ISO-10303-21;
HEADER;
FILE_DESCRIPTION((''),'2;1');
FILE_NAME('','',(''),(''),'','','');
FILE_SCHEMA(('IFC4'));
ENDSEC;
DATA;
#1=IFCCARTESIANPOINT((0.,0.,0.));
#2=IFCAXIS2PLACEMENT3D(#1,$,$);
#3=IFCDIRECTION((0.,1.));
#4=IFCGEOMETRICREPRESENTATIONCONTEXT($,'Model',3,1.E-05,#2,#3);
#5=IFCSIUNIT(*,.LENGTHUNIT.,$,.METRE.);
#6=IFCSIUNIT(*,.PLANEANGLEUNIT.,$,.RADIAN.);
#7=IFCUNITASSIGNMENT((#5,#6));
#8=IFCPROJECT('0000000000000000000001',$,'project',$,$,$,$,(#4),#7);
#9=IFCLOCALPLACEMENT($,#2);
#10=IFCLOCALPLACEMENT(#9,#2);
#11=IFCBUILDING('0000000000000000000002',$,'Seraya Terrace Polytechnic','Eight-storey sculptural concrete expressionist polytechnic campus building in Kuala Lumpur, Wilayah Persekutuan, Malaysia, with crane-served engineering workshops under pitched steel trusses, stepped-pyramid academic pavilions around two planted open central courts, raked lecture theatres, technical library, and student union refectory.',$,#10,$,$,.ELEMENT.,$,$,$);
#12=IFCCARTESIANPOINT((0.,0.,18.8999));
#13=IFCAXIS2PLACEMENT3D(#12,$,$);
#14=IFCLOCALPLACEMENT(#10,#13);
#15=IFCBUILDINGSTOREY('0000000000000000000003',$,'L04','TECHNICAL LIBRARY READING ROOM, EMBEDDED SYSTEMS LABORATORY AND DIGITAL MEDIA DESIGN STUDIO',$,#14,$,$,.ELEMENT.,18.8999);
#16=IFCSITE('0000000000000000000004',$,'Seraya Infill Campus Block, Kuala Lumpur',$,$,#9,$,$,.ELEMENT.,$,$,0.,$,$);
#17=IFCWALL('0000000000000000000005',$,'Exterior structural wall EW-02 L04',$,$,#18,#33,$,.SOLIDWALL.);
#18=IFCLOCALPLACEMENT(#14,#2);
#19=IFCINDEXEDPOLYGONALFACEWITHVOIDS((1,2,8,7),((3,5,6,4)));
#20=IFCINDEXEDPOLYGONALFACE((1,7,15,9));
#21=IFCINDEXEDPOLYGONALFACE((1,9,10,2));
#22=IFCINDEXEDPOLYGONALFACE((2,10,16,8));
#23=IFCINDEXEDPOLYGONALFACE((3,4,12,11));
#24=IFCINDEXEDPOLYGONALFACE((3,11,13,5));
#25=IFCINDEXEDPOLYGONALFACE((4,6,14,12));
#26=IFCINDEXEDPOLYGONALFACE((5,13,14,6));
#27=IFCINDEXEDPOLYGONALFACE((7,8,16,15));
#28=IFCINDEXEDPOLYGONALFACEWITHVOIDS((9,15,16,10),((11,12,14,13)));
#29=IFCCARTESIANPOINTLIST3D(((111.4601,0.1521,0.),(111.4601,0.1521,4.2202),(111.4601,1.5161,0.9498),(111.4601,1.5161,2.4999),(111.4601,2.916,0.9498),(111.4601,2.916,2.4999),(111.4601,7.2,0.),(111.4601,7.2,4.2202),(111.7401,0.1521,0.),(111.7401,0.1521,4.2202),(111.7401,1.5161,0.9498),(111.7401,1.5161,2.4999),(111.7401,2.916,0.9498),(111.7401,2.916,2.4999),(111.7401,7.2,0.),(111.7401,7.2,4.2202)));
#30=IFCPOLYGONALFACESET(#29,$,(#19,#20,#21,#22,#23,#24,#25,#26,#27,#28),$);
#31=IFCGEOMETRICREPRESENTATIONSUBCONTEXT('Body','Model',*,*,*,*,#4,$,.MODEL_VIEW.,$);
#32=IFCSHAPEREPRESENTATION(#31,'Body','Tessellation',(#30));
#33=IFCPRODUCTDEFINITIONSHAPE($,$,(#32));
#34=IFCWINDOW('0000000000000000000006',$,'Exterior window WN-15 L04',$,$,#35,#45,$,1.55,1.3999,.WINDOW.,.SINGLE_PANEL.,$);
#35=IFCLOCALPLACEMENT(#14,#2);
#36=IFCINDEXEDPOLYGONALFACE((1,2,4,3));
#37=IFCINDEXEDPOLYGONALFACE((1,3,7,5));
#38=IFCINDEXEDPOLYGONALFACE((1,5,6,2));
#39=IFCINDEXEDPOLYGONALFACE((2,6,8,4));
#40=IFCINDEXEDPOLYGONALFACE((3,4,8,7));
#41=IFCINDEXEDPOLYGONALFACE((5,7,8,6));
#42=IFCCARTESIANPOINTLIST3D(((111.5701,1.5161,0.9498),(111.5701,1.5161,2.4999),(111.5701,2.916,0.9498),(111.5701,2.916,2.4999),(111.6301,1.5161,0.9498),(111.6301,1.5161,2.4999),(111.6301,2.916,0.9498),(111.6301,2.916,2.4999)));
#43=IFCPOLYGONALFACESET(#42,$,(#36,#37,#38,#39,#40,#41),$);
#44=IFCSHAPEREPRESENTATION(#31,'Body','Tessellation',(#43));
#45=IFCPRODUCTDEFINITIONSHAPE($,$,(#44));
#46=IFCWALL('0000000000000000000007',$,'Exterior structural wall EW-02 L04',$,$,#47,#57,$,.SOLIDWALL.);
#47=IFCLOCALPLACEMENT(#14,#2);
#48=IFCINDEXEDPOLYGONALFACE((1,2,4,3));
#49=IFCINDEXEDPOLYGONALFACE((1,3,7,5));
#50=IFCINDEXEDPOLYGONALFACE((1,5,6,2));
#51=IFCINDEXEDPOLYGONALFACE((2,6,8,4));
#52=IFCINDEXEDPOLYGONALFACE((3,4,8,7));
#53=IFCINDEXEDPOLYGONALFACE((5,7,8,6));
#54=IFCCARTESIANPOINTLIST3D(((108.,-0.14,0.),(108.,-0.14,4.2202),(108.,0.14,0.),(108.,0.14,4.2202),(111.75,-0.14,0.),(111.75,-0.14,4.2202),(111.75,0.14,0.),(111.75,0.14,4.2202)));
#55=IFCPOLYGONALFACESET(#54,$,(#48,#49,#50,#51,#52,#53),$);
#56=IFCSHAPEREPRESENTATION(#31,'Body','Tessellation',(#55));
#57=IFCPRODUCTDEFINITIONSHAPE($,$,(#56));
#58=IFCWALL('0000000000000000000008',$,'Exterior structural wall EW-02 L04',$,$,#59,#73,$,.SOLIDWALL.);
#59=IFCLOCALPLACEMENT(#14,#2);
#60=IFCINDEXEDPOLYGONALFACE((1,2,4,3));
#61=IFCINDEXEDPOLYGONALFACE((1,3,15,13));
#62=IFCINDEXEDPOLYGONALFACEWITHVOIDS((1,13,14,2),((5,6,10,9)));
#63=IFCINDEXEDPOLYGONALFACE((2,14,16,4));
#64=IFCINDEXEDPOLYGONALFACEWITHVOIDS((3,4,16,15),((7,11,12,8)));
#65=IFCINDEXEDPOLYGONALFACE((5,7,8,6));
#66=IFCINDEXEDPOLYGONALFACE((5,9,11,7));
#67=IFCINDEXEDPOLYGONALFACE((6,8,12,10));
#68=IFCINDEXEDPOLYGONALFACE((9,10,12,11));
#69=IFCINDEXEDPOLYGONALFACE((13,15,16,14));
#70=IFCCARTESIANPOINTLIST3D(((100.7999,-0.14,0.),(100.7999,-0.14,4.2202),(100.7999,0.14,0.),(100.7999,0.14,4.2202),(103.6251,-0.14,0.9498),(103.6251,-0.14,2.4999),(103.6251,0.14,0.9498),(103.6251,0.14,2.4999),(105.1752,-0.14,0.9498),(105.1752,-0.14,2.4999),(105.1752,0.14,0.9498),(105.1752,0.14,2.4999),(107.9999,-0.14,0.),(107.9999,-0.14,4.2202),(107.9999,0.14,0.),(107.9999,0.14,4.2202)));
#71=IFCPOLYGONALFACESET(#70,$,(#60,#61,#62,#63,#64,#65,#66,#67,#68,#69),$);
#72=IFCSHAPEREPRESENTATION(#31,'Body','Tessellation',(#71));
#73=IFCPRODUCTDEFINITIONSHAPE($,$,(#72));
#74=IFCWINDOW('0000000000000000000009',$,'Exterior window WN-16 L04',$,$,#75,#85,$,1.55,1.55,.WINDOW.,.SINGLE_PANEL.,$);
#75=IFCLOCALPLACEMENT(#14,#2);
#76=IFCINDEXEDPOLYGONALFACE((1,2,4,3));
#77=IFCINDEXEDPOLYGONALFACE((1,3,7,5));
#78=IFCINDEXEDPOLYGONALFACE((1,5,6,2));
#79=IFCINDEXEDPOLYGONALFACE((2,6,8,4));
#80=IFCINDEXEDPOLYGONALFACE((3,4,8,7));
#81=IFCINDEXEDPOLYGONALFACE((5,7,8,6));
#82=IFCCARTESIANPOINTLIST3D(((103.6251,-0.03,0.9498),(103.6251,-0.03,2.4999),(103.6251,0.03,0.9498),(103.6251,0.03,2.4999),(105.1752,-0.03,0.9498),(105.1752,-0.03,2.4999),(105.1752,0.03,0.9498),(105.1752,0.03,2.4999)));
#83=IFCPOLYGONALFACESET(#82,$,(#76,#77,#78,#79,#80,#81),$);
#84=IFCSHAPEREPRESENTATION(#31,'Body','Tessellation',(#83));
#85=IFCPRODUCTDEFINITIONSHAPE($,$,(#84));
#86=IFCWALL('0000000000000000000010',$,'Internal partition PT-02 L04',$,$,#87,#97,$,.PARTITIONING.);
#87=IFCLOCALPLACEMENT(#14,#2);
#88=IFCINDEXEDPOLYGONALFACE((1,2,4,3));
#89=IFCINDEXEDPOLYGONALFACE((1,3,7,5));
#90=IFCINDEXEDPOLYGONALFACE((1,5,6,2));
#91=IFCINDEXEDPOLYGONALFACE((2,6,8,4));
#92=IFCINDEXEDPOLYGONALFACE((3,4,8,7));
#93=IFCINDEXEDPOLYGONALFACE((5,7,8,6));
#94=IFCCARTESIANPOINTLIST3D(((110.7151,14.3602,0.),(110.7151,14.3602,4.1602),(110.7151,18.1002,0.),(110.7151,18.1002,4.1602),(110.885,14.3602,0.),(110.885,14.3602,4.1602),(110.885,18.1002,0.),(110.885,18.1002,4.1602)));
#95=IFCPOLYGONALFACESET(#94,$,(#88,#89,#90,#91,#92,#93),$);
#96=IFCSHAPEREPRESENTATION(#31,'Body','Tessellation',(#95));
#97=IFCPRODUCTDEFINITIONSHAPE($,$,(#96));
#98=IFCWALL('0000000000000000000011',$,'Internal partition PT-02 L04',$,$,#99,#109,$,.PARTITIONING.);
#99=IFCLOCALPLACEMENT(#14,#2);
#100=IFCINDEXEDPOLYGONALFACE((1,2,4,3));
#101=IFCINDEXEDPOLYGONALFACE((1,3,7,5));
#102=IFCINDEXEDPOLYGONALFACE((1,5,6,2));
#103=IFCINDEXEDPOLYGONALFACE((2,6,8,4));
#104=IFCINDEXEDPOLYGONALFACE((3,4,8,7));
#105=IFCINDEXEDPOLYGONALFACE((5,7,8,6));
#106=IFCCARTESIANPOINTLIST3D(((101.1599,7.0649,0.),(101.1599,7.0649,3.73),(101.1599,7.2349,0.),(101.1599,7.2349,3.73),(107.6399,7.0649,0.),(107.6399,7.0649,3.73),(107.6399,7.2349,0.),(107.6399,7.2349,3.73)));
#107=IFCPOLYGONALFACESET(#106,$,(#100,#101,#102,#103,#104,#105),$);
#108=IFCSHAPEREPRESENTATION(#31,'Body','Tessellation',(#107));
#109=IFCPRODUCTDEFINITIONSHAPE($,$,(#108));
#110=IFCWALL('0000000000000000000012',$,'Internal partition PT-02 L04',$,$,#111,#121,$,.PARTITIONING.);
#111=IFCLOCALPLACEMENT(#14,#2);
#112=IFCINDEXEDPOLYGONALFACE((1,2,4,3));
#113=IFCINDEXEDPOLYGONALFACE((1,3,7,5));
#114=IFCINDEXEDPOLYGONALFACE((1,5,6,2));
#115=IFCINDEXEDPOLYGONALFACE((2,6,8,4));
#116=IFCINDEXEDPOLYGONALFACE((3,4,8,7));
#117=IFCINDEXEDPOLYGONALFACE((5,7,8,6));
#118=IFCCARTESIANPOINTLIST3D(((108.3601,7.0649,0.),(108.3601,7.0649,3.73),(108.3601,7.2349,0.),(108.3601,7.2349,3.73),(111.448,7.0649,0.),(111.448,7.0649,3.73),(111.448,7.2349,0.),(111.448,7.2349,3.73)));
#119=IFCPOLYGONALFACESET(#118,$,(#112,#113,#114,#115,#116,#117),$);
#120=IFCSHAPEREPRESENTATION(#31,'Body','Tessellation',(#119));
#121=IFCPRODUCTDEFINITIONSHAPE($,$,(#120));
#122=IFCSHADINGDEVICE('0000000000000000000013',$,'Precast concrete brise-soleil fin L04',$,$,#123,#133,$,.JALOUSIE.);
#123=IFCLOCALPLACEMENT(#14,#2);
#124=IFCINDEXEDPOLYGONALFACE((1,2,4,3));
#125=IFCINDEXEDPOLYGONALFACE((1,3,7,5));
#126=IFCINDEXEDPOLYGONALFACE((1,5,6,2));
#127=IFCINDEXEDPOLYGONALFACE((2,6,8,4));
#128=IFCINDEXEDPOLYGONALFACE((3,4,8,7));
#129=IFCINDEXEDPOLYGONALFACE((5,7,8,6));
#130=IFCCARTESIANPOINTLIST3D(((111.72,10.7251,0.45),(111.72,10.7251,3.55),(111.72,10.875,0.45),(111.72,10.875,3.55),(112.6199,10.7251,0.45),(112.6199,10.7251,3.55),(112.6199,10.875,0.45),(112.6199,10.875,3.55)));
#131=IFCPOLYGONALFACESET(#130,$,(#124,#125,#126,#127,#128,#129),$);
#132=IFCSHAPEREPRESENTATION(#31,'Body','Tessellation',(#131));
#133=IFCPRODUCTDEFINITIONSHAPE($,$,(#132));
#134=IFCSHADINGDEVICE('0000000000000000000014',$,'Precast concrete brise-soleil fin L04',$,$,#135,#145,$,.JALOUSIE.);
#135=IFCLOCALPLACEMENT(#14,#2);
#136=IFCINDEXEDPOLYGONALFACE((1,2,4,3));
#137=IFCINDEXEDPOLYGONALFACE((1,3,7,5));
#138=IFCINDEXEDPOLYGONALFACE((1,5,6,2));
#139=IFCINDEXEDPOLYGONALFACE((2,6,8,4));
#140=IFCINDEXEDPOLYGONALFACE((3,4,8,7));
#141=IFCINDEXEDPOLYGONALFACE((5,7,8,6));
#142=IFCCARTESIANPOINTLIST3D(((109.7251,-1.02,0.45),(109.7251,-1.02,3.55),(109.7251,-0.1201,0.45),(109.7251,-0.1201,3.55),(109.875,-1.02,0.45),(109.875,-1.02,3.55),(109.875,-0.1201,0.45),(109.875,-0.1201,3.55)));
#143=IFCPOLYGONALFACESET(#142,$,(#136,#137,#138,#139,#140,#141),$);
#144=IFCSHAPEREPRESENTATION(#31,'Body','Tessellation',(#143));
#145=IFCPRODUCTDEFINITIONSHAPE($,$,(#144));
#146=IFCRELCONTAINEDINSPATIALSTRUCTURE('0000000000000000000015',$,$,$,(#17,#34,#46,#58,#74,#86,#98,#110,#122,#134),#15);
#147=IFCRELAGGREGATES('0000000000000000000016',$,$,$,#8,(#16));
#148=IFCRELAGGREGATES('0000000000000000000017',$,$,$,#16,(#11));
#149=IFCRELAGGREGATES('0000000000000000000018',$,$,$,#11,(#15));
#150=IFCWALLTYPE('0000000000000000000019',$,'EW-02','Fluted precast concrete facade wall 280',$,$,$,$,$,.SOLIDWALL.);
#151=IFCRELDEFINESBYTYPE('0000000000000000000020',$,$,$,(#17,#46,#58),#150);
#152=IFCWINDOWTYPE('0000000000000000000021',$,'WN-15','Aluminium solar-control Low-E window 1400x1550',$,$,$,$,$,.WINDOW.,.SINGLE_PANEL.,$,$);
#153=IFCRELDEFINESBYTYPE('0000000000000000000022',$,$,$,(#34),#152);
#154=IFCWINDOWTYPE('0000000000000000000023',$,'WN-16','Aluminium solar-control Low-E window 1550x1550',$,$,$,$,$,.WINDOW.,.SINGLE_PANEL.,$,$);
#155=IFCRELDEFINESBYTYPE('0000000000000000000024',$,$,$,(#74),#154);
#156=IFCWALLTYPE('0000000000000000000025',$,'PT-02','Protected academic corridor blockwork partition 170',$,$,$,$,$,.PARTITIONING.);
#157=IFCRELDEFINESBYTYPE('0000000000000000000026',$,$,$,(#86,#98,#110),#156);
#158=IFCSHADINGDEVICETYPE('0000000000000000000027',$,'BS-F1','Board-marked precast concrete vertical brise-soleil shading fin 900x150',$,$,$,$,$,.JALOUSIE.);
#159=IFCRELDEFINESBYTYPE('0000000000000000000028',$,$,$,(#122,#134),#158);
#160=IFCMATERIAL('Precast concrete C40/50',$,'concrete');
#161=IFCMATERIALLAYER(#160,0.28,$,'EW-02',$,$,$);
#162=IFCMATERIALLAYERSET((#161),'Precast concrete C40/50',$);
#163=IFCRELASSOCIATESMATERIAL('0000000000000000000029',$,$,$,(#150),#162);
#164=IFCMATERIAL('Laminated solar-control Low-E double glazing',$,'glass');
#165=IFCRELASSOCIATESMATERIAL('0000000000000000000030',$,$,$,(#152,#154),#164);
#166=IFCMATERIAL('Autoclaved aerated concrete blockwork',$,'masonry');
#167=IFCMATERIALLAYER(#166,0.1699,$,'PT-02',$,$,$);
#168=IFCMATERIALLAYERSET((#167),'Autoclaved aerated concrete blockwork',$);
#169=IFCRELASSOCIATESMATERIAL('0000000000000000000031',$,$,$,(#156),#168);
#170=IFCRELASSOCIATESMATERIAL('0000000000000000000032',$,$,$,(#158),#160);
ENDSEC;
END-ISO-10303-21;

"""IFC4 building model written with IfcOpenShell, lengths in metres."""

from ifc_helpers import new_model, si_unit, direction, frame, frame_2d, origin, origin_2d, place, context, subcontext, project, spatial, rectangle, extrude, material, layer, layer_set, type_object, element, fill, save


model = new_model("IFC4")

# Units and contexts
model_context = context("Model", 3, precision=1e-05, world=origin(), true_north=direction((0.0, 1.0)))
body_context = subcontext(model_context, "Body", "Model", "MODEL_VIEW")
ifc_project = project(units=[si_unit("LENGTHUNIT", "METRE"), si_unit("PLANEANGLEUNIT", "RADIAN")], contexts=[model_context])

# Site, building, storey
site_placement = place(None, origin())
site = spatial("IfcSite", under=ifc_project, at=site_placement, Name="Seraya Infill Campus Block, Kuala Lumpur", CompositionType="ELEMENT", RefElevation=0.0)
building_placement = place(site_placement, origin())
building = spatial("IfcBuilding", under=site, at=building_placement, Name="Seraya Terrace Polytechnic", Description="Eight-storey sculptural concrete expressionist polytechnic campus building in Kuala Lumpur, Wilayah Persekutuan, Malaysia, with crane-served engineering workshops under pitched steel trusses, stepped-pyramid academic pavilions around two planted open central courts, raked lecture theatres, technical library, and student union refectory.", CompositionType="ELEMENT")
storey_placement = place(building_placement, frame((0.0, 0.0, 18.8999)))
storey = spatial("IfcBuildingStorey", under=building, at=storey_placement, Name="L04", Description="TECHNICAL LIBRARY READING ROOM, EMBEDDED SYSTEMS LABORATORY AND DIGITAL MEDIA DESIGN STUDIO", CompositionType="ELEMENT", Elevation=18.8999)

# Wall, opening, window
ifc_material_1 = material(Name="Precast concrete C40/50", Category="concrete")
ifc_layer_1 = layer(ifc_material_1, 0.28, Name="EW-02")
ifc_layer_set_1 = layer_set([ifc_layer_1], Name="Precast concrete C40/50")
wall_type_1 = type_object("IfcWallType", Name="EW-02", Description="Fluted precast concrete facade wall 280", PredefinedType="SOLIDWALL", material=ifc_layer_set_1)
wall_1_placement = place(storey_placement, frame((111.6001, 7.2, 0.0), z_axis=(0.0, 0.0, 1.0), x_axis=(0.0, -1.0, 0.0)))
wall_1 = element("IfcWall", 1, at=wall_1_placement, inside=storey, type_object=wall_type_1, Name="Exterior structural wall EW-02 L04", PredefinedType="SOLIDWALL", context=body_context, shape_type="SweptSolid", body=[
    extrude(rectangle(XDim=7.0479, YDim=0.28, at=frame_2d((3.5239, 0.0))), origin(), (0.0, 0.0, 1.0), 4.2202),
])
opening_1_placement = place(wall_1_placement, frame((4.2839, 0.0, 0.95)))
opening_1 = element("IfcOpeningElement", 2, at=opening_1_placement, cuts=wall_1, PredefinedType="OPENING", context=body_context, shape_type="SweptSolid", body=[
    extrude(rectangle(XDim=1.3999, YDim=1.55, at=frame_2d((0.7, 0.7749))), frame((0.0, 0.1519, 0.0), z_axis=(0.0, -1.0, 0.0), x_axis=(1.0, 0.0, 0.0)), (0.0, 0.0, 1.0), 0.304),
])
ifc_material_2 = material(Name="Laminated solar-control Low-E double glazing", Category="glass")
window_type_1 = type_object("IfcWindowType", Name="WN-15", Description="Aluminium solar-control Low-E window 1400x1550", PartitioningType="SINGLE_PANEL", PredefinedType="WINDOW", material=ifc_material_2)
window_1_placement = place(opening_1_placement, origin())
window_1 = element("IfcWindow", 3, at=window_1_placement, inside=storey, type_object=window_type_1, Name="Exterior window WN-15 L04", OverallHeight=1.55, OverallWidth=1.3999, PartitioningType="SINGLE_PANEL", PredefinedType="WINDOW", context=body_context, shape_type="SweptSolid", body=[
    extrude(rectangle(XDim=1.3999, YDim=1.55, at=frame_2d((0.7, 0.7749))), frame((0.0, 0.03, 0.0), z_axis=(0.0, -1.0, 0.0), x_axis=(1.0, 0.0, 0.0)), (0.0, 0.0, 1.0), 0.0601),
])
fill(opening_1, window_1)

# Wall
wall_2_placement = place(storey_placement, frame((111.75, 0.0, 0.0), z_axis=(0.0, 0.0, 1.0), x_axis=(-1.0, 0.0, 0.0)))
element("IfcWall", 4, at=wall_2_placement, inside=storey, type_object=wall_type_1, Name="Exterior structural wall EW-02 L04", PredefinedType="SOLIDWALL", context=body_context, shape_type="SweptSolid", body=[
    extrude(rectangle(XDim=3.75, YDim=0.28, at=frame_2d((1.875, 0.0))), origin(), (0.0, 0.0, 1.0), 4.2202),
])

# Wall, opening, window
wall_3_placement = place(storey_placement, frame((108.0, 0.0, 0.0), z_axis=(0.0, 0.0, 1.0), x_axis=(-1.0, 0.0, 0.0)))
wall_3 = element("IfcWall", 5, at=wall_3_placement, inside=storey, type_object=wall_type_1, Name="Exterior structural wall EW-02 L04", PredefinedType="SOLIDWALL", context=body_context, shape_type="SweptSolid", body=[
    extrude(rectangle(XDim=7.2, YDim=0.28, at=frame_2d((3.6001, 0.0))), origin(), (0.0, 0.0, 1.0), 4.2202),
])
opening_2_placement = place(wall_3_placement, frame((2.825, 0.0, 0.95)))
opening_2 = element("IfcOpeningElement", 6, at=opening_2_placement, cuts=wall_3, PredefinedType="OPENING", context=body_context, shape_type="SweptSolid", body=[
    extrude(rectangle(XDim=1.55, YDim=1.55, at=frame_2d((0.7749, 0.7749))), frame((0.0, 0.1519, 0.0), z_axis=(0.0, -1.0, 0.0), x_axis=(1.0, 0.0, 0.0)), (0.0, 0.0, 1.0), 0.304),
])
window_type_2 = type_object("IfcWindowType", Name="WN-16", Description="Aluminium solar-control Low-E window 1550x1550", PartitioningType="SINGLE_PANEL", PredefinedType="WINDOW", material=ifc_material_2)
window_2_placement = place(opening_2_placement, origin())
window_2 = element("IfcWindow", 7, at=window_2_placement, inside=storey, type_object=window_type_2, Name="Exterior window WN-16 L04", OverallHeight=1.55, OverallWidth=1.55, PartitioningType="SINGLE_PANEL", PredefinedType="WINDOW", context=body_context, shape_type="SweptSolid", body=[
    extrude(rectangle(XDim=1.55, YDim=1.55, at=frame_2d((0.7749, 0.7749))), frame((0.0, 0.03, 0.0), z_axis=(0.0, -1.0, 0.0), x_axis=(1.0, 0.0, 0.0)), (0.0, 0.0, 1.0), 0.0601),
])
fill(opening_2, window_2)

# Walls
ifc_material_3 = material(Name="Autoclaved aerated concrete blockwork", Category="masonry")
ifc_layer_2 = layer(ifc_material_3, 0.1699, Name="PT-02")
ifc_layer_set_2 = layer_set([ifc_layer_2], Name="Autoclaved aerated concrete blockwork")
wall_type_2 = type_object("IfcWallType", Name="PT-02", Description="Protected academic corridor blockwork partition 170", PredefinedType="PARTITIONING", material=ifc_layer_set_2)
wall_4_placement = place(storey_placement, frame((110.8, 14.3601, 0.0), z_axis=(0.0, 0.0, 1.0), x_axis=(0.0, 1.0, 0.0)))
element("IfcWall", 8, at=wall_4_placement, inside=storey, type_object=wall_type_2, Name="Internal partition PT-02 L04", PredefinedType="PARTITIONING", context=body_context, shape_type="SweptSolid", body=[
    extrude(rectangle(XDim=3.74, YDim=0.1699, at=frame_2d((1.8701, 0.0))), origin(), (0.0, 0.0, 1.0), 4.1602),
])
wall_5_placement = place(storey_placement, frame((101.1599, 7.1499, 0.0), z_axis=(0.0, 0.0, 1.0), x_axis=(1.0, 0.0, 0.0)))
element("IfcWall", 9, at=wall_5_placement, inside=storey, type_object=wall_type_2, Name="Internal partition PT-02 L04", PredefinedType="PARTITIONING", context=body_context, shape_type="SweptSolid", body=[
    extrude(rectangle(XDim=6.48, YDim=0.1699, at=frame_2d((3.24, 0.0))), origin(), (0.0, 0.0, 1.0), 3.73),
])
wall_6_placement = place(storey_placement, frame((108.3601, 7.1499, 0.0), z_axis=(0.0, 0.0, 1.0), x_axis=(1.0, 0.0, 0.0)))
element("IfcWall", 10, at=wall_6_placement, inside=storey, type_object=wall_type_2, Name="Internal partition PT-02 L04", PredefinedType="PARTITIONING", context=body_context, shape_type="SweptSolid", body=[
    extrude(rectangle(XDim=3.0879, YDim=0.1699, at=frame_2d((1.5439, 0.0))), origin(), (0.0, 0.0, 1.0), 3.73),
])

# Shading devices
shading_device_type = type_object("IfcShadingDeviceType", Name="BS-F1", Description="Board-marked precast concrete vertical brise-soleil shading fin 900x150", PredefinedType="JALOUSIE", material=ifc_material_1)
for number, where, z_axis, x_axis, name in (
    (11, (112.1699, 10.8, 0.45), (0.0, 0.0, 1.0), (1.0, 0.0, 0.0), "Precast concrete brise-soleil fin L04"),
    (12, (109.8, -0.5701, 0.45), (0.0, 0.0, 1.0), (0.0, -1.0, 0.0), "Precast concrete brise-soleil fin L04"),
):
    element("IfcShadingDevice", number, at=place(storey_placement, frame(where, z_axis=z_axis, x_axis=x_axis)), inside=storey, type_object=shading_device_type, Name=name, PredefinedType="JALOUSIE", context=body_context, shape_type="SweptSolid", body=[
        extrude(rectangle(XDim=0.8999, YDim=0.1499, at=origin_2d()), origin(), (0.0, 0.0, 1.0), 3.1001),
    ])

save(model, "model.ifc")
